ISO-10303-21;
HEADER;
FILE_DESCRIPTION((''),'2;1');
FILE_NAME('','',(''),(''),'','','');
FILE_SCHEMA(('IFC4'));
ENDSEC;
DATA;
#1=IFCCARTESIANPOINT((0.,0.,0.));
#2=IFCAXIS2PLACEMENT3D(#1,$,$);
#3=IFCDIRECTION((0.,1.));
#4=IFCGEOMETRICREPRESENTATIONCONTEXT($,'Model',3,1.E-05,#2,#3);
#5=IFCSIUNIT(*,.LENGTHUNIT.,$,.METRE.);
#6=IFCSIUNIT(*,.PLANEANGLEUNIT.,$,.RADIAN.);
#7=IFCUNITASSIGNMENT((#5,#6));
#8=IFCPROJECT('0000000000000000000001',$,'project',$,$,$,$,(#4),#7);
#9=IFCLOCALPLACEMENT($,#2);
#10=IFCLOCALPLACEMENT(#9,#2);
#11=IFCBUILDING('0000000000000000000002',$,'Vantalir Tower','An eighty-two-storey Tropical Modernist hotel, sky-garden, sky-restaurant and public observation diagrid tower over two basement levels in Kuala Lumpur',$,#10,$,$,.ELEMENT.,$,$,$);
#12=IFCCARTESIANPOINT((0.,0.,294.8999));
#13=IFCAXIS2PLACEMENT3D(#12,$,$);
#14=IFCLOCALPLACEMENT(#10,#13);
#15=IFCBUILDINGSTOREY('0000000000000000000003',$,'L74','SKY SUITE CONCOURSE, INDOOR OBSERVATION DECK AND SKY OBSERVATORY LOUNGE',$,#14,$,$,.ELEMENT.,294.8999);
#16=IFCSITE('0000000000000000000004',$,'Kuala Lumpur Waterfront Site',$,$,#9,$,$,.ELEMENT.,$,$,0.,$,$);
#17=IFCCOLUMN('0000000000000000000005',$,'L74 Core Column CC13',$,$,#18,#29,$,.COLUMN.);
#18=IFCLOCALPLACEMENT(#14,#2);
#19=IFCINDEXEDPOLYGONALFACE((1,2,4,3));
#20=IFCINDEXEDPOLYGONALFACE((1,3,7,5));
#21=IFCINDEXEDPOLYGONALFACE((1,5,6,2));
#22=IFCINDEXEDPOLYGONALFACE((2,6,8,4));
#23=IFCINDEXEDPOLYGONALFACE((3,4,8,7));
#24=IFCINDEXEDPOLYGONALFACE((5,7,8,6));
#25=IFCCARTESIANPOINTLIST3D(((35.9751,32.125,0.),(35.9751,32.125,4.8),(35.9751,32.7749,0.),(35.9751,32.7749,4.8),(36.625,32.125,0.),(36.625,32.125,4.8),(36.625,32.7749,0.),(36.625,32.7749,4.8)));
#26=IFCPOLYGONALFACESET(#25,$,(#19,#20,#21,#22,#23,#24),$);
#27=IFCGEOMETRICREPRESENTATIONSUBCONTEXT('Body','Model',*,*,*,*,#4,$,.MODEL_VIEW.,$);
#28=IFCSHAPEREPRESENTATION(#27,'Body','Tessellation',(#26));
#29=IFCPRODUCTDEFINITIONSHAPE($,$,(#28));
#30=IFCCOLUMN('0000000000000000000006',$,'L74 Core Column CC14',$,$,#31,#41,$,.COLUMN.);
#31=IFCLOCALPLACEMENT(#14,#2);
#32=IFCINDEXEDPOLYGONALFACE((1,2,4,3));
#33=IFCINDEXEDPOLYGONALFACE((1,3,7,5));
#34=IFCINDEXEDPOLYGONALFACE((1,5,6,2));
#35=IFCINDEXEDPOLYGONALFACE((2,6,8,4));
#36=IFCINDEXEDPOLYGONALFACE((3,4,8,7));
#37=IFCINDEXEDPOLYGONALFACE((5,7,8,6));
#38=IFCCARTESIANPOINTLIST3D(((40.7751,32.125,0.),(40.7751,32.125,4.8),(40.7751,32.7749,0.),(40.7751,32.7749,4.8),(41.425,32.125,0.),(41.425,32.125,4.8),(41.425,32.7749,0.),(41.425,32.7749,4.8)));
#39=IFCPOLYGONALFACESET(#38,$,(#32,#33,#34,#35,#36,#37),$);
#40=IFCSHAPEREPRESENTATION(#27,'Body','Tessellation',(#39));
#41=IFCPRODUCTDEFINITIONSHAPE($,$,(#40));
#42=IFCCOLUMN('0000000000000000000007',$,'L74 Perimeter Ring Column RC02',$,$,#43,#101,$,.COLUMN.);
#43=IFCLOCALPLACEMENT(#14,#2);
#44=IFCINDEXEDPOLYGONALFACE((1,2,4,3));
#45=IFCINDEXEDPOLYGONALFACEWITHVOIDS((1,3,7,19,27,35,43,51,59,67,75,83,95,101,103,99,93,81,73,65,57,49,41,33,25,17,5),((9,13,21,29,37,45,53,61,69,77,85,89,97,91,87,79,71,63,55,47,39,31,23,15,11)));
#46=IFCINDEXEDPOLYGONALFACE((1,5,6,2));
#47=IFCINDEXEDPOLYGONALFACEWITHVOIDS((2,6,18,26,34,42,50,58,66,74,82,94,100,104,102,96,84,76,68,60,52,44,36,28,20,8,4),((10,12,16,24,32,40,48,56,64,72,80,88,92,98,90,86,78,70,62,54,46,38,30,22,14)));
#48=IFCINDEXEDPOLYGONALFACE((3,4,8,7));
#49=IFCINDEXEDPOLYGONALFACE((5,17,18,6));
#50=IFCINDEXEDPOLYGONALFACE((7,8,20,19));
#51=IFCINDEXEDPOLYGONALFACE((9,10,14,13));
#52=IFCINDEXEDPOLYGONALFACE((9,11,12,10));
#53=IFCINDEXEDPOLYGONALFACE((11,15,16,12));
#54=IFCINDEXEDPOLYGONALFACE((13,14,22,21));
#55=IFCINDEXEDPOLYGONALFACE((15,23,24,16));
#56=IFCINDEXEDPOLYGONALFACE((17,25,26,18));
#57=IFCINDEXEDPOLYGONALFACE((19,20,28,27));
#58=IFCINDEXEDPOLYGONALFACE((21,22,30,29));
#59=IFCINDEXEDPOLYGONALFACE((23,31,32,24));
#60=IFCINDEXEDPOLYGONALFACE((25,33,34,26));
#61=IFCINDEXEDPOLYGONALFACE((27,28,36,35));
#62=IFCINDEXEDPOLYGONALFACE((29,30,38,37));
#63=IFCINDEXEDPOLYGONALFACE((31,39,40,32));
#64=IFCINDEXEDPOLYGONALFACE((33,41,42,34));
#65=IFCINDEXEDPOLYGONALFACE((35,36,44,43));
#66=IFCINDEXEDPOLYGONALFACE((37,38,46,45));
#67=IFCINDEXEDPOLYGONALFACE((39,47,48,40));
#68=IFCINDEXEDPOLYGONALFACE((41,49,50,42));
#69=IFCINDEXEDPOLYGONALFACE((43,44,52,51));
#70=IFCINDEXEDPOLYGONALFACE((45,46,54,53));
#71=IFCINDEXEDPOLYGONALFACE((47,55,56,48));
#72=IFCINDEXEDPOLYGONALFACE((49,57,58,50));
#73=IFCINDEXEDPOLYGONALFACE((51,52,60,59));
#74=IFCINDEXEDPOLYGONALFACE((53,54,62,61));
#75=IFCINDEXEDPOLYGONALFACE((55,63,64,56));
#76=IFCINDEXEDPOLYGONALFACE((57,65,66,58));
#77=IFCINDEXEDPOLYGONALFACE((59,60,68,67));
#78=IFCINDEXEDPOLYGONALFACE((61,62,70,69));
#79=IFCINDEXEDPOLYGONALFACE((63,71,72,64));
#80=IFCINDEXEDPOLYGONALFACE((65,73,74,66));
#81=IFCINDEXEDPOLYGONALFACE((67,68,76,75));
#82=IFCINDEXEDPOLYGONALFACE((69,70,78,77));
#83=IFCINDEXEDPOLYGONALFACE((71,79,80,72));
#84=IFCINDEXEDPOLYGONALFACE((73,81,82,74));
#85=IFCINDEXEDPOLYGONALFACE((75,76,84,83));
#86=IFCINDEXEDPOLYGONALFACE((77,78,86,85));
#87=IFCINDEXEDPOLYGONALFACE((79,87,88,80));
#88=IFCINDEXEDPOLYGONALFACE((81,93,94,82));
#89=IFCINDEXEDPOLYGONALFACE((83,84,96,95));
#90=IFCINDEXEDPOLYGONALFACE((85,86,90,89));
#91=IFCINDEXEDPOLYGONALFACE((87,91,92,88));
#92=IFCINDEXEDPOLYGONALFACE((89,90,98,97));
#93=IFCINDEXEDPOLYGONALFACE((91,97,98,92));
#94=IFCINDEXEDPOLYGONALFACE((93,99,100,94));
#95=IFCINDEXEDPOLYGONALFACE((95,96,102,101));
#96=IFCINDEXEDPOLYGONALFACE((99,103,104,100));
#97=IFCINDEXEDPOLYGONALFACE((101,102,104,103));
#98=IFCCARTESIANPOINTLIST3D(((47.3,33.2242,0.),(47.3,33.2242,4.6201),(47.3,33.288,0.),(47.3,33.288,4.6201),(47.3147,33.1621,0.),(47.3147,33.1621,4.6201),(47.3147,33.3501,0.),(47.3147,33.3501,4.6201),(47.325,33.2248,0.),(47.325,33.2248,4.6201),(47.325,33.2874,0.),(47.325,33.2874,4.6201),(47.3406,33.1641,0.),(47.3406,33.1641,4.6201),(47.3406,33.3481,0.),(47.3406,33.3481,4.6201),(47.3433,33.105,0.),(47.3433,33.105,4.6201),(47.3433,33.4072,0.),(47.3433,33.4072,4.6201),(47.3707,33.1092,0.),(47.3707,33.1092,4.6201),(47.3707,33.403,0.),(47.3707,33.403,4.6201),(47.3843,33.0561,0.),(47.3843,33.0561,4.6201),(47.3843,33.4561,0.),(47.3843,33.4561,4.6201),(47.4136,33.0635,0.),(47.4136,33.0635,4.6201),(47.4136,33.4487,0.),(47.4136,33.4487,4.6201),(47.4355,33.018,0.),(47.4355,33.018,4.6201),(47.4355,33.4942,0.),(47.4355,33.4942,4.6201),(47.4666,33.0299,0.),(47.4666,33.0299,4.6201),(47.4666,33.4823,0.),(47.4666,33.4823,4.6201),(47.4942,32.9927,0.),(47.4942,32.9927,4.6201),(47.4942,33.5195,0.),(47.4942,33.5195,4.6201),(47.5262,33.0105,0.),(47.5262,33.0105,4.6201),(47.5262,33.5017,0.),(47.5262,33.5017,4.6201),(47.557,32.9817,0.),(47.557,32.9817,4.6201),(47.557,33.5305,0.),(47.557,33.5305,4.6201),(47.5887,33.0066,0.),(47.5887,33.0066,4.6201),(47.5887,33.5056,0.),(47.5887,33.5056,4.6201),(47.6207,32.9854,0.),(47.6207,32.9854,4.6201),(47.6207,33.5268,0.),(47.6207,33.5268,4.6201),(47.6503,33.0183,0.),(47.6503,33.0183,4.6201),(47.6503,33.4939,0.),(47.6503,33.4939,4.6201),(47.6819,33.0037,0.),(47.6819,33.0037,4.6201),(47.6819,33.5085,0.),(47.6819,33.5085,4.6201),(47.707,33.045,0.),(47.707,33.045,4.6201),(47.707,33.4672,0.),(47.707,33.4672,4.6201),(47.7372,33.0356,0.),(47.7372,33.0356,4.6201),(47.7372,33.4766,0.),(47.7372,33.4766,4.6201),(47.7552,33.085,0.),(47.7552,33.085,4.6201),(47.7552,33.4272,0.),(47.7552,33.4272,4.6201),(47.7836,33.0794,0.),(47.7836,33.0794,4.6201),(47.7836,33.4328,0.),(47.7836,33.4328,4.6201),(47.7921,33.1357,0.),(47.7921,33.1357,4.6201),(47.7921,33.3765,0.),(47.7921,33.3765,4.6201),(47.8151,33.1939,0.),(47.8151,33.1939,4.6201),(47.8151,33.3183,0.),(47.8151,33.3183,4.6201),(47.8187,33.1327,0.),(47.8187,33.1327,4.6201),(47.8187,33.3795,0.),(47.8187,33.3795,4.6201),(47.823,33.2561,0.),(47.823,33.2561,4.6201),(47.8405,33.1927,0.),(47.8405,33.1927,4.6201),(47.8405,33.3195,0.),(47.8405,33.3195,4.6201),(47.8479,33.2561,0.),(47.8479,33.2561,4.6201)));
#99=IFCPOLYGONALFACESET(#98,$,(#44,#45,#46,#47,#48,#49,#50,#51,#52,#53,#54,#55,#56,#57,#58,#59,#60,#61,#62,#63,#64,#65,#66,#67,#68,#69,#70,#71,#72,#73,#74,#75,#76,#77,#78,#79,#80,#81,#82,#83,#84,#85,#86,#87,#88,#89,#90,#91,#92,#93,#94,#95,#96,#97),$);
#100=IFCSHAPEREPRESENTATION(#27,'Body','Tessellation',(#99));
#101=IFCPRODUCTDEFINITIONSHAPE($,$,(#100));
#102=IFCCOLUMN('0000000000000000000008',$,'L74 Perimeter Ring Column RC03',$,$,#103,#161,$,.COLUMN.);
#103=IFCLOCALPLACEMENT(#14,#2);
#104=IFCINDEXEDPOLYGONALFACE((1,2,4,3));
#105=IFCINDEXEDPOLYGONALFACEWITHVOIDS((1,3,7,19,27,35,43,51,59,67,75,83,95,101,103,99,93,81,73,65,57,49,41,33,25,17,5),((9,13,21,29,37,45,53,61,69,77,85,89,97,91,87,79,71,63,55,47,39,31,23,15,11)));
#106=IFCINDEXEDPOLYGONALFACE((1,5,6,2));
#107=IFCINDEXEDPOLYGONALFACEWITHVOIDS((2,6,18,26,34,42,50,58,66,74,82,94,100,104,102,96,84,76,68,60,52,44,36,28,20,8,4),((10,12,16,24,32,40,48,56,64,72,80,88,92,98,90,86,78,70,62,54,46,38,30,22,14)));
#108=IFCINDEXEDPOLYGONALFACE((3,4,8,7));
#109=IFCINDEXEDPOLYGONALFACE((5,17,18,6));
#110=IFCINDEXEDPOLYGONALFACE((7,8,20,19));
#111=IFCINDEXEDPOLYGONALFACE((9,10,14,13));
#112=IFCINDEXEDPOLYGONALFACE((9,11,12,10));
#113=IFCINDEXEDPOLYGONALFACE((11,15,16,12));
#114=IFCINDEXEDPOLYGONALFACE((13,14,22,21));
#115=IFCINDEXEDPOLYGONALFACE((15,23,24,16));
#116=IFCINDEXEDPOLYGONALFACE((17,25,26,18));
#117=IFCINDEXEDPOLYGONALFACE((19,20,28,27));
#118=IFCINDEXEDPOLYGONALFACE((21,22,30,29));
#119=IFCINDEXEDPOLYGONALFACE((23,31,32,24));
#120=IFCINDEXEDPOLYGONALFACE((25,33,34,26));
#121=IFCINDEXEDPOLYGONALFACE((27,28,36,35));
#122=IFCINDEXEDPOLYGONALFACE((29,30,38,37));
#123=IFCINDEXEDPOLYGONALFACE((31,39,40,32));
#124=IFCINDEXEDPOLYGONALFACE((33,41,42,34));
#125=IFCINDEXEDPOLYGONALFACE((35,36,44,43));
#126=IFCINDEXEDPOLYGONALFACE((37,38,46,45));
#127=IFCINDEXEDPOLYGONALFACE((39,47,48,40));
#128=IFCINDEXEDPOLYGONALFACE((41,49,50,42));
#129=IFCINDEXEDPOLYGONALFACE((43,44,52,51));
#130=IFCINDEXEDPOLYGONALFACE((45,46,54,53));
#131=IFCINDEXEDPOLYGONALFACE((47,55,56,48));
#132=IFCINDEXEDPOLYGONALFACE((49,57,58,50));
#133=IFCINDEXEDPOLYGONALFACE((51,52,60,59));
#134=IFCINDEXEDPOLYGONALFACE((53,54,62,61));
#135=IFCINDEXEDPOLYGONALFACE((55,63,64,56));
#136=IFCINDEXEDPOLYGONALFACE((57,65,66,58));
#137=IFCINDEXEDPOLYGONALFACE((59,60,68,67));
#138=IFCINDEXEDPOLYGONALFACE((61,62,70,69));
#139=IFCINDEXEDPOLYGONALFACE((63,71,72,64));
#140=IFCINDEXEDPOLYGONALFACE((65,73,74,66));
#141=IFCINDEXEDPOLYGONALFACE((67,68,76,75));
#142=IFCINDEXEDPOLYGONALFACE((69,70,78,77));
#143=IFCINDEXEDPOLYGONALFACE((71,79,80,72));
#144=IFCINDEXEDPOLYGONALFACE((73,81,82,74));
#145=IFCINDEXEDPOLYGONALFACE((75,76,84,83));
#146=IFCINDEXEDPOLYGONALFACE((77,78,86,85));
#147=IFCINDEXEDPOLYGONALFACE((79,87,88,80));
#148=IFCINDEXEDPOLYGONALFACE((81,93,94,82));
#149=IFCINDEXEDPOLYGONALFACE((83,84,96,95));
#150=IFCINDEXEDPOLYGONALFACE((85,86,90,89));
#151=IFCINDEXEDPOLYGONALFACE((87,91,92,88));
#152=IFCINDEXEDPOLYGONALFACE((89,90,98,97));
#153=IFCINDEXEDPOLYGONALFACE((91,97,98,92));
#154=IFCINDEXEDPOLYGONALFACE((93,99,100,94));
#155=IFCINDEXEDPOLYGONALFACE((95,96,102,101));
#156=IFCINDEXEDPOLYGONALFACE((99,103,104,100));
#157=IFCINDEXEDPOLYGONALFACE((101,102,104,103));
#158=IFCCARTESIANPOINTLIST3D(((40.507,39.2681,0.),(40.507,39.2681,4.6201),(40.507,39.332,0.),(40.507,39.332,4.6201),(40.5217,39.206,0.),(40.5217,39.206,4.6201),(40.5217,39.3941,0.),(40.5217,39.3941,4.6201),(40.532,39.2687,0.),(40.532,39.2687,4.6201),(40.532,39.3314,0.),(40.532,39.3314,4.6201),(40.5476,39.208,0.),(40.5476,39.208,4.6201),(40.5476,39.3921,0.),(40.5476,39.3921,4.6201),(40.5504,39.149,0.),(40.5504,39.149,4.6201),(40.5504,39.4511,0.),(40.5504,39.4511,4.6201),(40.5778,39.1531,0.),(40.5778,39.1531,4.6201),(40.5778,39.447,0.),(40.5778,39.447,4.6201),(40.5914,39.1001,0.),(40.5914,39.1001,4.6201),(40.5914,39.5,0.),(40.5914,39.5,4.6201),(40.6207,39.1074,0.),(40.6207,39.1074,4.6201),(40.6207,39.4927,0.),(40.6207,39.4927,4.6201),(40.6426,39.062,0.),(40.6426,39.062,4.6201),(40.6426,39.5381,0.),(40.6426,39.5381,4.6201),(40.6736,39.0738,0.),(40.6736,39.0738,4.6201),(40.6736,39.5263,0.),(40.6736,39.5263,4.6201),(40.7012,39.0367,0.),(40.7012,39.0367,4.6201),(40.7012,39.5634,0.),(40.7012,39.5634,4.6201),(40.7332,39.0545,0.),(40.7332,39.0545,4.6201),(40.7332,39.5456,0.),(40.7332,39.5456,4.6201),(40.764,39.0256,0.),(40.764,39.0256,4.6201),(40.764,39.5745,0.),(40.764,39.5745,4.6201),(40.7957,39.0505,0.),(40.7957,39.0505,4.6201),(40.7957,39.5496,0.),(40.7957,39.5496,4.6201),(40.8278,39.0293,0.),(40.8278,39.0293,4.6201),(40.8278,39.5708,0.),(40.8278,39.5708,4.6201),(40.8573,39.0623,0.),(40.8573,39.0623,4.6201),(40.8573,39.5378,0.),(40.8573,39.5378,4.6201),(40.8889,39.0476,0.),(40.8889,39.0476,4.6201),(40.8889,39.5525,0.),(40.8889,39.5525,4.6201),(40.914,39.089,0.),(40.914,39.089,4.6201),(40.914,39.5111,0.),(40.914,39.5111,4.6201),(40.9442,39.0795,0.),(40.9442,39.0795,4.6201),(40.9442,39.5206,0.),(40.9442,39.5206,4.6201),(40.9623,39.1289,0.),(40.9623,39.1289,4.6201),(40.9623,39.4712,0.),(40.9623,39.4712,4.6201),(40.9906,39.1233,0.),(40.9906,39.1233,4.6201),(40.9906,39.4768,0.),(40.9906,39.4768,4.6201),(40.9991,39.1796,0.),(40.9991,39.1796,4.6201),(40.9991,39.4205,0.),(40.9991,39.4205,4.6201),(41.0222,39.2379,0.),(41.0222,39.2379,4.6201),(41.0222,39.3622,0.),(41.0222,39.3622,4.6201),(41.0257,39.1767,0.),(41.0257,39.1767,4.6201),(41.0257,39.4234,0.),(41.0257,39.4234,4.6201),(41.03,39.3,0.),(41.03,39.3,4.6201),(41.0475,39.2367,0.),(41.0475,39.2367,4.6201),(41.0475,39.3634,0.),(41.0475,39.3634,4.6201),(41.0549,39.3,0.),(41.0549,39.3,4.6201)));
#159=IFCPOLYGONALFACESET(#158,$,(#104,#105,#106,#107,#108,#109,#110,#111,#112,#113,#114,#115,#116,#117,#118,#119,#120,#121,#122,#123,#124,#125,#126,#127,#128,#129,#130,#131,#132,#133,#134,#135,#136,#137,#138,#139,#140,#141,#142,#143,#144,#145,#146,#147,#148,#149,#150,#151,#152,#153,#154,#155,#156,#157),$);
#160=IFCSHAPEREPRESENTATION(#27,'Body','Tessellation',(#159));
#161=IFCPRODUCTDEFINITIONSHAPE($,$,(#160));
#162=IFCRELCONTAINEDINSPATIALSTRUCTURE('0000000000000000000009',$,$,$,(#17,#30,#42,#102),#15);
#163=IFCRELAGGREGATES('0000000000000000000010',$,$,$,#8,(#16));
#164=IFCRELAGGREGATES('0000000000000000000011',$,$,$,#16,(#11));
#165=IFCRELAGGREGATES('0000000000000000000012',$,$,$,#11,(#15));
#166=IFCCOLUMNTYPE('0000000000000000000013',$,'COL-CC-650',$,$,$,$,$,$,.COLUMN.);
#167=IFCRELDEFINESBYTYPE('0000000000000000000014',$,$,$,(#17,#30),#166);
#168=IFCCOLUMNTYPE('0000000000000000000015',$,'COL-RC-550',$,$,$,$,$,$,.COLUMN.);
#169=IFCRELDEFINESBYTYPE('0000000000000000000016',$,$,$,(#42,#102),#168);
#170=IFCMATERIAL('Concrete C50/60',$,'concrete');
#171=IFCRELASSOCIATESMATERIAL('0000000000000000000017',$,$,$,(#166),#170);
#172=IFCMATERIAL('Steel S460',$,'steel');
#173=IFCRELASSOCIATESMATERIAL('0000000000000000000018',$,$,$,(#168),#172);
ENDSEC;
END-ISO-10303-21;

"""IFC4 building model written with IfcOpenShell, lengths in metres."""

from ifc_helpers import new_model, si_unit, direction, frame, origin, origin_2d, place, context, subcontext, project, spatial, rectangle, hollow_circle, extrude, material, material_profile, profile_set, type_object, element, save


model = new_model("IFC4")

# Units and contexts
model_context = context("Model", 3, precision=1e-05, world=origin(), true_north=direction((0.0, 1.0)))
body_context = subcontext(model_context, "Body", "Model", "MODEL_VIEW")
ifc_project = project(units=[si_unit("LENGTHUNIT", "METRE"), si_unit("PLANEANGLEUNIT", "RADIAN")], contexts=[model_context])

# Site, building, storey
site_placement = place(None, origin())
site = spatial("IfcSite", under=ifc_project, at=site_placement, Name="Kuala Lumpur Waterfront Site", CompositionType="ELEMENT", RefElevation=0.0)
building_placement = place(site_placement, origin())
building = spatial("IfcBuilding", under=site, at=building_placement, Name="Vantalir Tower", Description="An eighty-two-storey Tropical Modernist hotel, sky-garden, sky-restaurant and public observation diagrid tower over two basement levels in Kuala Lumpur", CompositionType="ELEMENT")
storey_placement = place(building_placement, frame((0.0, 0.0, 294.8999)))
storey = spatial("IfcBuildingStorey", under=building, at=storey_placement, Name="L74", Description="SKY SUITE CONCOURSE, INDOOR OBSERVATION DECK AND SKY OBSERVATORY LOUNGE", CompositionType="ELEMENT", Elevation=294.8999)

# Columns
ifc_material_1 = material(Name="Concrete C50/60", Category="concrete")
ifc_material_profile_1 = material_profile(ifc_material_1, rectangle(XDim=0.6499, YDim=0.6499, at=origin_2d()), Name="Concrete C50/60")
ifc_profile_set_1 = profile_set([ifc_material_profile_1], Name="Concrete C50/60")
column_type_1 = type_object("IfcColumnType", Name="COL-CC-650", PredefinedType="COLUMN", material=ifc_profile_set_1)
for number, where, z_axis, x_axis, name in (
    (1, (36.3, 32.45, 0.0), (0.0, 0.0, 1.0), (1.0, 0.0, 0.0), "L74 Core Column CC13"),
    (2, (41.1001, 32.45, 0.0), (0.0, 0.0, 1.0), (1.0, 0.0, 0.0), "L74 Core Column CC14"),
):
    element("IfcColumn", number, at=place(storey_placement, frame(where, z_axis=z_axis, x_axis=x_axis)), inside=storey, type_object=column_type_1, Name=name, PredefinedType="COLUMN", context=body_context, shape_type="SweptSolid", body=[
        extrude(rectangle(XDim=0.6499, YDim=0.6499, at=origin_2d()), origin(), (0.0, 0.0, 1.0), 4.8),
    ])
ifc_material_2 = material(Name="Steel S460", Category="steel")
ifc_material_profile_2 = material_profile(ifc_material_2, hollow_circle(Radius=0.2749, WallThickness=0.0249, at=origin_2d()), Name="Steel S460")
ifc_profile_set_2 = profile_set([ifc_material_profile_2], Name="Steel S460")
column_type_2 = type_object("IfcColumnType", Name="COL-RC-550", PredefinedType="COLUMN", material=ifc_profile_set_2)
for number, where, z_axis, x_axis, name in (
    (3, (47.573, 33.2561, 0.0), (0.0, 0.0, 1.0), (1.0, 0.0, 0.0), "L74 Perimeter Ring Column RC02"),
    (4, (40.78, 39.3, 0.0), (0.0, 0.0, 1.0), (1.0, 0.0, 0.0), "L74 Perimeter Ring Column RC03"),
):
    element("IfcColumn", number, at=place(storey_placement, frame(where, z_axis=z_axis, x_axis=x_axis)), inside=storey, type_object=column_type_2, Name=name, PredefinedType="COLUMN", context=body_context, shape_type="SweptSolid", body=[
        extrude(hollow_circle(Radius=0.2749, WallThickness=0.0249, at=origin_2d()), origin(), (0.0, 0.0, 1.0), 4.6201),
    ])

save(model, "model.ifc")
